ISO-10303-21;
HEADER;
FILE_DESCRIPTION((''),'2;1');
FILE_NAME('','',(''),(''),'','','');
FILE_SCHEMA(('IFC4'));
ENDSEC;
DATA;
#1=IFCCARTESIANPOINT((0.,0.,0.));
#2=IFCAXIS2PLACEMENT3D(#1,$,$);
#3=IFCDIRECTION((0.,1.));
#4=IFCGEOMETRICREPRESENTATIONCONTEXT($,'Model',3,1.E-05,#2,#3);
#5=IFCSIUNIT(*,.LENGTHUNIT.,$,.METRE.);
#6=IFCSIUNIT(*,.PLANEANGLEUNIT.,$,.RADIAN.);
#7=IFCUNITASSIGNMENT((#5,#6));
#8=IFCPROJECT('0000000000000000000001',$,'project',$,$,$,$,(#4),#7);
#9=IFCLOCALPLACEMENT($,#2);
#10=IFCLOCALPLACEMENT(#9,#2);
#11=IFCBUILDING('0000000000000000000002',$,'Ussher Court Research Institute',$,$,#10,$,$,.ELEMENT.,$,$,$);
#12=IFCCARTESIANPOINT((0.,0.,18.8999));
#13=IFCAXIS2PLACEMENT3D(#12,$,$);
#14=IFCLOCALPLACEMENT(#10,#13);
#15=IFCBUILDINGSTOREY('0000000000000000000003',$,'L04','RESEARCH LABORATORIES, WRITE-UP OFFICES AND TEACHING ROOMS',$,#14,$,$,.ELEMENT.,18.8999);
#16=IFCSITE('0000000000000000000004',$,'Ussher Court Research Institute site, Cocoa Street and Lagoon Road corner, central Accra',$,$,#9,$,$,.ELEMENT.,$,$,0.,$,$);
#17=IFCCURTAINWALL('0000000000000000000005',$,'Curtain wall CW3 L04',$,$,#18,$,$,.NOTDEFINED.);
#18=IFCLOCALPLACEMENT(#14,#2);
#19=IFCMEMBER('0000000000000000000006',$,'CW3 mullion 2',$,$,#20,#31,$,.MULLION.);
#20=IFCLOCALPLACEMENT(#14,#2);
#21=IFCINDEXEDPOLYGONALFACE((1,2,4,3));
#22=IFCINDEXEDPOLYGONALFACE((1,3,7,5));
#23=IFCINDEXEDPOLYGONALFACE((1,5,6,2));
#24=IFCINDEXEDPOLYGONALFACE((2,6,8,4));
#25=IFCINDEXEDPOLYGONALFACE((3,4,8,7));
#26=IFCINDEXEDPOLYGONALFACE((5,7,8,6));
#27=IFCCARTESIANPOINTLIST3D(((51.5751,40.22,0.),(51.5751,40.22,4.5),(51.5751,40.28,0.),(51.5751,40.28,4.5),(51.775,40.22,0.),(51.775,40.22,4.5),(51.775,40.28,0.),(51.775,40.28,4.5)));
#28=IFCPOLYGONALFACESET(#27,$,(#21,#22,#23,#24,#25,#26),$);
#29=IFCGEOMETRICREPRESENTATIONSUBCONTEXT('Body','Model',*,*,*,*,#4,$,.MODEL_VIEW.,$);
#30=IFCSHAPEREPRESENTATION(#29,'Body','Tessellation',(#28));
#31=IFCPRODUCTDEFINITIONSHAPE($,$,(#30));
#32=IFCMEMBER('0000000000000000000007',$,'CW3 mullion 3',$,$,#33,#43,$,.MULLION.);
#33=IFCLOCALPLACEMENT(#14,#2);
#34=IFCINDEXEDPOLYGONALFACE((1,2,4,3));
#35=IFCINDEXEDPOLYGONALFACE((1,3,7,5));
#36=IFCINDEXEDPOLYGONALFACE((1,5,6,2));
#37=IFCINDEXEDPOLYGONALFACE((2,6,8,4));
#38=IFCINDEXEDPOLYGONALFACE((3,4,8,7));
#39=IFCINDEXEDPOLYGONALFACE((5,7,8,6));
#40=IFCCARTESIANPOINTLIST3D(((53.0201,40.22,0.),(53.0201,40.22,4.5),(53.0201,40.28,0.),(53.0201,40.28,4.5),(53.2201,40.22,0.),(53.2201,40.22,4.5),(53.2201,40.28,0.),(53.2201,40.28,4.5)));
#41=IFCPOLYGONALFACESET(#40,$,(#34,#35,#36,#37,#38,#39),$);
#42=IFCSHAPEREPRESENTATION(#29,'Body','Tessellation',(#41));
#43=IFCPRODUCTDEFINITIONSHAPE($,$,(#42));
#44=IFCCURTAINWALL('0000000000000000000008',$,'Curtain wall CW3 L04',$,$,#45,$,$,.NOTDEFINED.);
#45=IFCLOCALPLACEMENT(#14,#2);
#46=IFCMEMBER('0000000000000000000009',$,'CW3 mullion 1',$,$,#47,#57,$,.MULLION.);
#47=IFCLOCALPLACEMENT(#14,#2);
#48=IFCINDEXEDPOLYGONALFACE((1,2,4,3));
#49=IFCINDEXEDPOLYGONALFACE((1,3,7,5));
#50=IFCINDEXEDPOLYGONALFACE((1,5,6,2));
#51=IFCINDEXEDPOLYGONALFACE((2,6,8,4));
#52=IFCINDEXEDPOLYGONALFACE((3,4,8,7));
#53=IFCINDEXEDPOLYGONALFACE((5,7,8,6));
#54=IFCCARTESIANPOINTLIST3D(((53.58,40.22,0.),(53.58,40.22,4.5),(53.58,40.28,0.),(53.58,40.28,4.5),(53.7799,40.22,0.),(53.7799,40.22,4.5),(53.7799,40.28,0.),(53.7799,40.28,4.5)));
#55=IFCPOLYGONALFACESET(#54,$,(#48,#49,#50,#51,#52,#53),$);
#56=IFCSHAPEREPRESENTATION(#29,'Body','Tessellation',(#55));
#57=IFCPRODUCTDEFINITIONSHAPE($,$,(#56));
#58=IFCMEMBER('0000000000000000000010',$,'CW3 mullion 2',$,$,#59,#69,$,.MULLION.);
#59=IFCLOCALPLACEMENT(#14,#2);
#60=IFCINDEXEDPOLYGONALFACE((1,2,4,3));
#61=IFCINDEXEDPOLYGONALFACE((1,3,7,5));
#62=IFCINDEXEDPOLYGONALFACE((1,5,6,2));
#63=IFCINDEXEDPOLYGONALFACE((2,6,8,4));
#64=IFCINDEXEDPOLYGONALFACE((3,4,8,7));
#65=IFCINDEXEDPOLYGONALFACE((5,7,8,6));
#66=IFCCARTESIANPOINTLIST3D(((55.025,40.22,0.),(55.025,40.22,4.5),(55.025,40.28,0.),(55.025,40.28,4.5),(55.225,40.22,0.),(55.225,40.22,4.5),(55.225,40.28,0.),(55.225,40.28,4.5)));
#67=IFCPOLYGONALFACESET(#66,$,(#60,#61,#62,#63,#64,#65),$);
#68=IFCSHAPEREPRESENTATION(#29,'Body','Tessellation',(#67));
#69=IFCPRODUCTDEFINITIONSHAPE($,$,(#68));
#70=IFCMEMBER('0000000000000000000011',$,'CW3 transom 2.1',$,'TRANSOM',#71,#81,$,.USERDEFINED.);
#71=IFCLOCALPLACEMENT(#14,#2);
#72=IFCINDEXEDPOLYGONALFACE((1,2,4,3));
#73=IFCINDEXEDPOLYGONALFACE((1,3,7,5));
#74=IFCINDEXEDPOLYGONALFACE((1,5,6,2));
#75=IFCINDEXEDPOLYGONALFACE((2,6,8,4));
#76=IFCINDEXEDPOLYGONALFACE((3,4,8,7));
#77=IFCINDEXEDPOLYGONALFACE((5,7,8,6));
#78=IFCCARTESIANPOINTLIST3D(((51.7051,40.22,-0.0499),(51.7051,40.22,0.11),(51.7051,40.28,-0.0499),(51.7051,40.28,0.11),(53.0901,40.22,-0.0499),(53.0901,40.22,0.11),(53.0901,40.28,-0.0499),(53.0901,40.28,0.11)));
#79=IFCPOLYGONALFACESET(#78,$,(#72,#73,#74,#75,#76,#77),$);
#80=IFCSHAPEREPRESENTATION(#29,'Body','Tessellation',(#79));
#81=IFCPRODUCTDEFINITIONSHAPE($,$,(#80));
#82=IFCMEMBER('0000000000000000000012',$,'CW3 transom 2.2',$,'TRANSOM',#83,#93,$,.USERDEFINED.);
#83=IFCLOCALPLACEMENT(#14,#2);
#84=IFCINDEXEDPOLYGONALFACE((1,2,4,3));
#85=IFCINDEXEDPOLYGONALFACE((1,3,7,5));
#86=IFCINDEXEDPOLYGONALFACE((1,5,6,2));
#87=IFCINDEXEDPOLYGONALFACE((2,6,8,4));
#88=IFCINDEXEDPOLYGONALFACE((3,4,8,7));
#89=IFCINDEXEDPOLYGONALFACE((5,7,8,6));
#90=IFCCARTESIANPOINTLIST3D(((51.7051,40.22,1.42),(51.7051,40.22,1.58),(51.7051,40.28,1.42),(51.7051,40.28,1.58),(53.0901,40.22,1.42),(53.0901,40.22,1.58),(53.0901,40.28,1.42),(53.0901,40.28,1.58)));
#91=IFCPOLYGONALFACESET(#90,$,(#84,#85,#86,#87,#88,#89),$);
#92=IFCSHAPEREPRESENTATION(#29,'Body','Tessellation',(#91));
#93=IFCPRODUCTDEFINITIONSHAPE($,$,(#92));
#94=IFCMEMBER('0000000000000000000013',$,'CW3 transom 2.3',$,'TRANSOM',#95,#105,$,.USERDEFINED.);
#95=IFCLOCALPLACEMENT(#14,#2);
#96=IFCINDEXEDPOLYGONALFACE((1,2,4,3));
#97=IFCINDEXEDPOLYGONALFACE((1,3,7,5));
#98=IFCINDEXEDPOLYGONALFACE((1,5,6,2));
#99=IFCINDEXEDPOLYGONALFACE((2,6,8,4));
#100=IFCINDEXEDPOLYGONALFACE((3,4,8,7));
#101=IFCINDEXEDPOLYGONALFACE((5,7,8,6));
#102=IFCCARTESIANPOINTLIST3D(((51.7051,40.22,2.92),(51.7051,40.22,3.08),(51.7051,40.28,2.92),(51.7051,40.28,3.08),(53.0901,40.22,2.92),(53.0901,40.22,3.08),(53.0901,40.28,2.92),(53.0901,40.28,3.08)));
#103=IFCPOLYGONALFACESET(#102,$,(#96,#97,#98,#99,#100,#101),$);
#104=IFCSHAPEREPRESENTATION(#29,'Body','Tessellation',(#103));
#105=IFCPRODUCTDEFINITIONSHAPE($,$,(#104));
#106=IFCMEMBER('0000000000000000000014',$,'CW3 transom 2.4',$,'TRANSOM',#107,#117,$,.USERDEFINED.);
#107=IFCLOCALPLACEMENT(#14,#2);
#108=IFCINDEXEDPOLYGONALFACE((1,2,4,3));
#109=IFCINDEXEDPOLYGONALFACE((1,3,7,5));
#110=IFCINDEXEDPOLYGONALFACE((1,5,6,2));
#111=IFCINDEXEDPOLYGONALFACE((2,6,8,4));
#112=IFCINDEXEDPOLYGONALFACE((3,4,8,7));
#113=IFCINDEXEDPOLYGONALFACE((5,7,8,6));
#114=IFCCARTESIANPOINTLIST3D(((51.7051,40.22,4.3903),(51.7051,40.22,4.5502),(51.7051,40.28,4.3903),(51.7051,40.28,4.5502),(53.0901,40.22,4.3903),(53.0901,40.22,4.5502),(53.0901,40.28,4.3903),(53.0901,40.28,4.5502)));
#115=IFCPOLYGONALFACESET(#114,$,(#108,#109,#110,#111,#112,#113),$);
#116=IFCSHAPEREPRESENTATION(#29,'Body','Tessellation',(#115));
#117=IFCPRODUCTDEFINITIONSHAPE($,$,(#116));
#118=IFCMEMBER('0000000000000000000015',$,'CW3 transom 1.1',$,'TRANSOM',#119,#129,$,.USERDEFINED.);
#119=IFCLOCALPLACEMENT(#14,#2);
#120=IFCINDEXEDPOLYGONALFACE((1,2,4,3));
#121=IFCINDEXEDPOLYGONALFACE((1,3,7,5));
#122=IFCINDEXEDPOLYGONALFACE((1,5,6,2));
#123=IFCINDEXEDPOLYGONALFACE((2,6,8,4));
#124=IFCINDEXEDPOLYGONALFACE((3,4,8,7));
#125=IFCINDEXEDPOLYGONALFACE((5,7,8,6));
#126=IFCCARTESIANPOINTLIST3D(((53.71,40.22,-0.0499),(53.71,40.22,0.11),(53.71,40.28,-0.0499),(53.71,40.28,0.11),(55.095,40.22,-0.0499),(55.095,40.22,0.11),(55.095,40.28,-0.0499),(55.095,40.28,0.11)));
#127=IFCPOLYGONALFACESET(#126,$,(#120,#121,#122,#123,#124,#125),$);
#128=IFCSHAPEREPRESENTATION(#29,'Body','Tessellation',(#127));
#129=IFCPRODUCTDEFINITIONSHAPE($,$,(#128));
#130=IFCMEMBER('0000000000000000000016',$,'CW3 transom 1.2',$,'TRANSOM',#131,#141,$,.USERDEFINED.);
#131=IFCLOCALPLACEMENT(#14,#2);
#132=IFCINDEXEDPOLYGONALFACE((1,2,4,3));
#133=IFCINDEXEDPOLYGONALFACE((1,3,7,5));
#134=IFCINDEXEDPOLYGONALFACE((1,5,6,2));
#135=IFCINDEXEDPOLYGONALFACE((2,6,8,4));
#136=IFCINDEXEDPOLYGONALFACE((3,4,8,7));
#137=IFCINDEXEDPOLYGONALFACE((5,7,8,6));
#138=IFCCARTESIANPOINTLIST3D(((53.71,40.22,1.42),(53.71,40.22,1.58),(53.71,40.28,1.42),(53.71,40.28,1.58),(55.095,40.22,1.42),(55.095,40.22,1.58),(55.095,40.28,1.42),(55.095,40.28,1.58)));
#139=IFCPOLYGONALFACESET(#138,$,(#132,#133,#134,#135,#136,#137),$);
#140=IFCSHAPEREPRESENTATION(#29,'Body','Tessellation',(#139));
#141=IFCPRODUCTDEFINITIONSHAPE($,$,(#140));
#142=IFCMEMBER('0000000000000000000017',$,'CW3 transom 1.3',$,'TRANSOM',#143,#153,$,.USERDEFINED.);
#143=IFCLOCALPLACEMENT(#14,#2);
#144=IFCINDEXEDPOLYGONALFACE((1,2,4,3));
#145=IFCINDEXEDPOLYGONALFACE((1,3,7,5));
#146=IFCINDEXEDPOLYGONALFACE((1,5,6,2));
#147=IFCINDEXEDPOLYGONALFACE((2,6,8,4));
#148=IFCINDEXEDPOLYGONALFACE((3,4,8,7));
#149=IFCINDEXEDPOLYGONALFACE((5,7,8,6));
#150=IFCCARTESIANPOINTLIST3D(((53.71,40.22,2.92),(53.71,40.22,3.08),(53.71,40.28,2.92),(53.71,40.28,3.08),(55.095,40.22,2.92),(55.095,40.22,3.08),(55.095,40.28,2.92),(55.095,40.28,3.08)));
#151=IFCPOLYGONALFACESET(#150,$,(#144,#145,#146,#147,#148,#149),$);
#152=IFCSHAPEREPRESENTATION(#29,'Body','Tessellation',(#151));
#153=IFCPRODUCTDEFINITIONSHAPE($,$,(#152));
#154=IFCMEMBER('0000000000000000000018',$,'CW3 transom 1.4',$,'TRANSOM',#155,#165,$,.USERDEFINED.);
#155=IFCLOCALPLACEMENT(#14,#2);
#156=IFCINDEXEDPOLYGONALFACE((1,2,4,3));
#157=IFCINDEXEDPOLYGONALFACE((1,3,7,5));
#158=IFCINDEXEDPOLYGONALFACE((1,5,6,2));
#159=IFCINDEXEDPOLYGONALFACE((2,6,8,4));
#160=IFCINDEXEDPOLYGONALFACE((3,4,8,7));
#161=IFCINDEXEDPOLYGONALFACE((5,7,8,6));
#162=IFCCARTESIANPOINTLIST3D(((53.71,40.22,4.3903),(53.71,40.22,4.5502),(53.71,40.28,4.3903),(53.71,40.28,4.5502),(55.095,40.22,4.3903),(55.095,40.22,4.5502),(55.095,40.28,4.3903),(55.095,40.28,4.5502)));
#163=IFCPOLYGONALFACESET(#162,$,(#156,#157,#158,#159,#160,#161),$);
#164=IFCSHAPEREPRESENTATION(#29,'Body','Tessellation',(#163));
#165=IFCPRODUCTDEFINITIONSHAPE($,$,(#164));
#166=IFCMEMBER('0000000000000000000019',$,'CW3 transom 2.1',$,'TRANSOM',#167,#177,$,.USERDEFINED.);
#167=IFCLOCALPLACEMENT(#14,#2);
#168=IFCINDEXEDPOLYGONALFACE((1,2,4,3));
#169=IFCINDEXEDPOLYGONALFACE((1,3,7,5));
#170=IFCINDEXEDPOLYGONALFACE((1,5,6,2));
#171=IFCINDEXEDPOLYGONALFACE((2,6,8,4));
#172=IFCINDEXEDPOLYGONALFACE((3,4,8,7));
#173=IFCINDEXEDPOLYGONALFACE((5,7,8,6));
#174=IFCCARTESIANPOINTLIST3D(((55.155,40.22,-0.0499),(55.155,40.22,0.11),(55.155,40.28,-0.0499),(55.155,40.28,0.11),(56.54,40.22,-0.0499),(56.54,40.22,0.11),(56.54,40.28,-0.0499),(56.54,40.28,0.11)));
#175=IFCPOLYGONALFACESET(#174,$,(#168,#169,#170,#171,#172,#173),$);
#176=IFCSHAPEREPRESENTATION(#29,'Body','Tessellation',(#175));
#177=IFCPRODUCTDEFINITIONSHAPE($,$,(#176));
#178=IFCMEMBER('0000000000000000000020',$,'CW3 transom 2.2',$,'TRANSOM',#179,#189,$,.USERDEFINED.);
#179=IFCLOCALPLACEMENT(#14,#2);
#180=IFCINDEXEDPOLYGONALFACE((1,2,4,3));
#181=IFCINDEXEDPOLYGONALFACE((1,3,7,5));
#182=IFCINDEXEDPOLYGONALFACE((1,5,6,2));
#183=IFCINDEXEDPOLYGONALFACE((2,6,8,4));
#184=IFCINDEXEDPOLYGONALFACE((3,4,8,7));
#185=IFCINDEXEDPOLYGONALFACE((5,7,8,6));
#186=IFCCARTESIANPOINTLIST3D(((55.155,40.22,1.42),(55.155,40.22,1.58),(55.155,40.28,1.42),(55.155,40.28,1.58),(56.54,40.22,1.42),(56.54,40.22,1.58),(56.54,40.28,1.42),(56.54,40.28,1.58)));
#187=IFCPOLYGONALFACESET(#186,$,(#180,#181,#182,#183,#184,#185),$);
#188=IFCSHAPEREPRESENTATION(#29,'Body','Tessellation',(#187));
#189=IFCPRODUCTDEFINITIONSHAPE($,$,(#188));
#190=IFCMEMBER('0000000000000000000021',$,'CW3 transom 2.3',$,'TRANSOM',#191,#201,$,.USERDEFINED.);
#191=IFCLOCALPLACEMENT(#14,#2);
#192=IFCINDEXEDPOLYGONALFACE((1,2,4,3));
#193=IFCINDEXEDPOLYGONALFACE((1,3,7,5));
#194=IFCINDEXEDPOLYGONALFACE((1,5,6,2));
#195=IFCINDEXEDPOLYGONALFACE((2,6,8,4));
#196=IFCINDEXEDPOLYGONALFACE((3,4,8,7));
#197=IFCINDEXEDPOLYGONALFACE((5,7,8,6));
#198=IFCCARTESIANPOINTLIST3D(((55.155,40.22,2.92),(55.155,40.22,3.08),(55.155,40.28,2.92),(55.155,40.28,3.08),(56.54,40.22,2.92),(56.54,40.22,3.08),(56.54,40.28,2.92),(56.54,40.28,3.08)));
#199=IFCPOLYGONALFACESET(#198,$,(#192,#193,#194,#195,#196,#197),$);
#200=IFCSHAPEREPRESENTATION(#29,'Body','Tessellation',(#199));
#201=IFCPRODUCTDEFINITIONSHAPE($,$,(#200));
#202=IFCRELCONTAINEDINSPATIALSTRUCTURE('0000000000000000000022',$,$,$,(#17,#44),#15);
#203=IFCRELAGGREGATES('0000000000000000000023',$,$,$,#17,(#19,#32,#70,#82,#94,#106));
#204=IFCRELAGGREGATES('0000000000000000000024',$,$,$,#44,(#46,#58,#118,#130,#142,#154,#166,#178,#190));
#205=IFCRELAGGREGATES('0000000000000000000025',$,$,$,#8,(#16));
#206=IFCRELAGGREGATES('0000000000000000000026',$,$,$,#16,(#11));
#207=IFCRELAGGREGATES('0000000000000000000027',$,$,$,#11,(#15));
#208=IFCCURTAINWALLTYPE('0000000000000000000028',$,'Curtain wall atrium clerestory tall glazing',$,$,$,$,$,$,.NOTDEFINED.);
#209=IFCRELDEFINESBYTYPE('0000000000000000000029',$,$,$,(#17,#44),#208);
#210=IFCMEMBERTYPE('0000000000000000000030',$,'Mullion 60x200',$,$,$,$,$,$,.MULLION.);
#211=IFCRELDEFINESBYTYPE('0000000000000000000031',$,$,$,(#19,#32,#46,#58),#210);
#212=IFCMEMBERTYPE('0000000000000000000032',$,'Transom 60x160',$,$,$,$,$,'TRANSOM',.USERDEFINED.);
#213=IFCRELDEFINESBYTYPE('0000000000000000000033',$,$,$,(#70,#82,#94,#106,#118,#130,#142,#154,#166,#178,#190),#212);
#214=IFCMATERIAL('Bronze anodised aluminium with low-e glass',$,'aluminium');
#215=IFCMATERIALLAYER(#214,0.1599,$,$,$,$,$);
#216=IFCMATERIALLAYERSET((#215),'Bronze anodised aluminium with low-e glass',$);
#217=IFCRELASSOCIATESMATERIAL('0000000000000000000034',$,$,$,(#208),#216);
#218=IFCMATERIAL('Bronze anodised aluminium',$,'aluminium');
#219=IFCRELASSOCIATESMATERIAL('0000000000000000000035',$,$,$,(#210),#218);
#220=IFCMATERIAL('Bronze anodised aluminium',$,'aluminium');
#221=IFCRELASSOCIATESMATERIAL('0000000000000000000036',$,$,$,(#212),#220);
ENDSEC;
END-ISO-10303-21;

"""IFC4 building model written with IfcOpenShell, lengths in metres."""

from ifc_helpers import new_model, si_unit, direction, frame, origin, origin_2d, place, context, subcontext, project, spatial, rectangle, extrude, material, layer, layer_set, material_profile, profile_set, type_object, element, aggregate, save


model = new_model("IFC4")

# Units and contexts
model_context = context("Model", 3, precision=1e-05, world=origin(), true_north=direction((0.0, 1.0)))
body_context = subcontext(model_context, "Body", "Model", "MODEL_VIEW")
ifc_project = project(units=[si_unit("LENGTHUNIT", "METRE"), si_unit("PLANEANGLEUNIT", "RADIAN")], contexts=[model_context])

# Site, building, storey
site_placement = place(None, origin())
site = spatial("IfcSite", under=ifc_project, at=site_placement, Name="Ussher Court Research Institute site, Cocoa Street and Lagoon Road corner, central Accra", CompositionType="ELEMENT", RefElevation=0.0)
building_placement = place(site_placement, origin())
building = spatial("IfcBuilding", under=site, at=building_placement, Name="Ussher Court Research Institute", CompositionType="ELEMENT")
storey_placement = place(building_placement, frame((0.0, 0.0, 18.8999)))
storey = spatial("IfcBuildingStorey", under=building, at=storey_placement, Name="L04", Description="RESEARCH LABORATORIES, WRITE-UP OFFICES AND TEACHING ROOMS", CompositionType="ELEMENT", Elevation=18.8999)

# Curtain walls, members
ifc_material_1 = material(Name="Bronze anodised aluminium with low-e glass", Category="aluminium")
ifc_layer_1 = layer(ifc_material_1, 0.1599)
ifc_layer_set_1 = layer_set([ifc_layer_1], Name="Bronze anodised aluminium with low-e glass")
curtain_wall_type = type_object("IfcCurtainWallType", Name="Curtain wall atrium clerestory tall glazing", PredefinedType="NOTDEFINED", material=ifc_layer_set_1)
curtain_wall_1_placement = place(storey_placement, origin())
curtain_wall_1 = element("IfcCurtainWall", 1, at=curtain_wall_1_placement, inside=storey, type_object=curtain_wall_type, Name="Curtain wall CW3 L04", PredefinedType="NOTDEFINED")
ifc_material_2 = material(Name="Bronze anodised aluminium", Category="aluminium")
ifc_material_profile_1 = material_profile(ifc_material_2, rectangle(XDim=0.0601, YDim=0.2, at=origin_2d()), Name="Mullion 60x200")
ifc_profile_set_1 = profile_set([ifc_material_profile_1], Name="Bronze anodised aluminium")
member_type_1 = type_object("IfcMemberType", Name="Mullion 60x200", PredefinedType="MULLION", material=ifc_profile_set_1)
member_1_placement = place(storey_placement, frame((51.675, 40.25, 0.0), z_axis=(0.0, 0.0, 1.0), x_axis=(0.0, 1.0, 0.0)))
member_1 = element("IfcMember", 2, at=member_1_placement, type_object=member_type_1, Name="CW3 mullion 2", PredefinedType="MULLION", context=body_context, shape_type="SweptSolid", body=[
    extrude(rectangle(XDim=0.0601, YDim=0.2, at=origin_2d()), origin(), (0.0, 0.0, 1.0), 4.5),
])
member_2_placement = place(storey_placement, frame((53.1201, 40.25, 0.0), z_axis=(0.0, 0.0, 1.0), x_axis=(0.0, 1.0, 0.0)))
member_2 = element("IfcMember", 3, at=member_2_placement, type_object=member_type_1, Name="CW3 mullion 3", PredefinedType="MULLION", context=body_context, shape_type="SweptSolid", body=[
    extrude(rectangle(XDim=0.0601, YDim=0.2, at=origin_2d()), origin(), (0.0, 0.0, 1.0), 4.5),
])
curtain_wall_2_placement = place(storey_placement, origin())
curtain_wall_2 = element("IfcCurtainWall", 4, at=curtain_wall_2_placement, inside=storey, type_object=curtain_wall_type, Name="Curtain wall CW3 L04", PredefinedType="NOTDEFINED")
member_3_placement = place(storey_placement, frame((53.6799, 40.25, 0.0), z_axis=(0.0, 0.0, 1.0), x_axis=(0.0, 1.0, 0.0)))
member_3 = element("IfcMember", 5, at=member_3_placement, type_object=member_type_1, Name="CW3 mullion 1", PredefinedType="MULLION", context=body_context, shape_type="SweptSolid", body=[
    extrude(rectangle(XDim=0.0601, YDim=0.2, at=origin_2d()), origin(), (0.0, 0.0, 1.0), 4.5),
])
member_4_placement = place(storey_placement, frame((55.125, 40.25, 0.0), z_axis=(0.0, 0.0, 1.0), x_axis=(0.0, 1.0, 0.0)))
member_4 = element("IfcMember", 6, at=member_4_placement, type_object=member_type_1, Name="CW3 mullion 2", PredefinedType="MULLION", context=body_context, shape_type="SweptSolid", body=[
    extrude(rectangle(XDim=0.0601, YDim=0.2, at=origin_2d()), origin(), (0.0, 0.0, 1.0), 4.5),
])

# Members
ifc_material_3 = material(Name="Bronze anodised aluminium", Category="aluminium")
ifc_material_profile_2 = material_profile(ifc_material_3, rectangle(XDim=0.0601, YDim=0.1599, at=origin_2d()), Name="Transom 60x160")
ifc_profile_set_2 = profile_set([ifc_material_profile_2], Name="Bronze anodised aluminium")
member_type_2 = type_object("IfcMemberType", Name="Transom 60x160", ElementType="TRANSOM", PredefinedType="USERDEFINED", material=ifc_profile_set_2)
member_5_placement = place(storey_placement, frame((51.7051, 40.25, 0.03), z_axis=(1.0, 0.0, 0.0), x_axis=(0.0, 1.0, 0.0)))
member_5 = element("IfcMember", 7, at=member_5_placement, type_object=member_type_2, Name="CW3 transom 2.1", ObjectType="TRANSOM", PredefinedType="USERDEFINED", context=body_context, shape_type="SweptSolid", body=[
    extrude(rectangle(XDim=0.0601, YDim=0.1599, at=origin_2d()), origin(), (0.0, 0.0, 1.0), 1.385),
])
member_6_placement = place(storey_placement, frame((51.7051, 40.25, 1.5), z_axis=(1.0, 0.0, 0.0), x_axis=(0.0, 1.0, 0.0)))
member_6 = element("IfcMember", 8, at=member_6_placement, type_object=member_type_2, Name="CW3 transom 2.2", ObjectType="TRANSOM", PredefinedType="USERDEFINED", context=body_context, shape_type="SweptSolid", body=[
    extrude(rectangle(XDim=0.0601, YDim=0.1599, at=origin_2d()), origin(), (0.0, 0.0, 1.0), 1.385),
])
member_7_placement = place(storey_placement, frame((51.7051, 40.25, 3.0), z_axis=(1.0, 0.0, 0.0), x_axis=(0.0, 1.0, 0.0)))
member_7 = element("IfcMember", 9, at=member_7_placement, type_object=member_type_2, Name="CW3 transom 2.3", ObjectType="TRANSOM", PredefinedType="USERDEFINED", context=body_context, shape_type="SweptSolid", body=[
    extrude(rectangle(XDim=0.0601, YDim=0.1599, at=origin_2d()), origin(), (0.0, 0.0, 1.0), 1.385),
])
member_8_placement = place(storey_placement, frame((51.7051, 40.25, 4.4702), z_axis=(1.0, 0.0, 0.0), x_axis=(0.0, 1.0, 0.0)))
member_8 = element("IfcMember", 10, at=member_8_placement, type_object=member_type_2, Name="CW3 transom 2.4", ObjectType="TRANSOM", PredefinedType="USERDEFINED", context=body_context, shape_type="SweptSolid", body=[
    extrude(rectangle(XDim=0.0601, YDim=0.1599, at=origin_2d()), origin(), (0.0, 0.0, 1.0), 1.385),
])
member_9_placement = place(storey_placement, frame((53.71, 40.25, 0.03), z_axis=(1.0, 0.0, 0.0), x_axis=(0.0, 1.0, 0.0)))
member_9 = element("IfcMember", 11, at=member_9_placement, type_object=member_type_2, Name="CW3 transom 1.1", ObjectType="TRANSOM", PredefinedType="USERDEFINED", context=body_context, shape_type="SweptSolid", body=[
    extrude(rectangle(XDim=0.0601, YDim=0.1599, at=origin_2d()), origin(), (0.0, 0.0, 1.0), 1.385),
])
member_10_placement = place(storey_placement, frame((53.71, 40.25, 1.5), z_axis=(1.0, 0.0, 0.0), x_axis=(0.0, 1.0, 0.0)))
member_10 = element("IfcMember", 12, at=member_10_placement, type_object=member_type_2, Name="CW3 transom 1.2", ObjectType="TRANSOM", PredefinedType="USERDEFINED", context=body_context, shape_type="SweptSolid", body=[
    extrude(rectangle(XDim=0.0601, YDim=0.1599, at=origin_2d()), origin(), (0.0, 0.0, 1.0), 1.385),
])
member_11_placement = place(storey_placement, frame((53.71, 40.25, 3.0), z_axis=(1.0, 0.0, 0.0), x_axis=(0.0, 1.0, 0.0)))
member_11 = element("IfcMember", 13, at=member_11_placement, type_object=member_type_2, Name="CW3 transom 1.3", ObjectType="TRANSOM", PredefinedType="USERDEFINED", context=body_context, shape_type="SweptSolid", body=[
    extrude(rectangle(XDim=0.0601, YDim=0.1599, at=origin_2d()), origin(), (0.0, 0.0, 1.0), 1.385),
])
member_12_placement = place(storey_placement, frame((53.71, 40.25, 4.4702), z_axis=(1.0, 0.0, 0.0), x_axis=(0.0, 1.0, 0.0)))
member_12 = element("IfcMember", 14, at=member_12_placement, type_object=member_type_2, Name="CW3 transom 1.4", ObjectType="TRANSOM", PredefinedType="USERDEFINED", context=body_context, shape_type="SweptSolid", body=[
    extrude(rectangle(XDim=0.0601, YDim=0.1599, at=origin_2d()), origin(), (0.0, 0.0, 1.0), 1.385),
])
member_13_placement = place(storey_placement, frame((55.155, 40.25, 0.03), z_axis=(1.0, 0.0, 0.0), x_axis=(0.0, 1.0, 0.0)))
member_13 = element("IfcMember", 15, at=member_13_placement, type_object=member_type_2, Name="CW3 transom 2.1", ObjectType="TRANSOM", PredefinedType="USERDEFINED", context=body_context, shape_type="SweptSolid", body=[
    extrude(rectangle(XDim=0.0601, YDim=0.1599, at=origin_2d()), origin(), (0.0, 0.0, 1.0), 1.385),
])
member_14_placement = place(storey_placement, frame((55.155, 40.25, 1.5), z_axis=(1.0, 0.0, 0.0), x_axis=(0.0, 1.0, 0.0)))
member_14 = element("IfcMember", 16, at=member_14_placement, type_object=member_type_2, Name="CW3 transom 2.2", ObjectType="TRANSOM", PredefinedType="USERDEFINED", context=body_context, shape_type="SweptSolid", body=[
    extrude(rectangle(XDim=0.0601, YDim=0.1599, at=origin_2d()), origin(), (0.0, 0.0, 1.0), 1.385),
])
member_15_placement = place(storey_placement, frame((55.155, 40.25, 3.0), z_axis=(1.0, 0.0, 0.0), x_axis=(0.0, 1.0, 0.0)))
member_15 = element("IfcMember", 17, at=member_15_placement, type_object=member_type_2, Name="CW3 transom 2.3", ObjectType="TRANSOM", PredefinedType="USERDEFINED", context=body_context, shape_type="SweptSolid", body=[
    extrude(rectangle(XDim=0.0601, YDim=0.1599, at=origin_2d()), origin(), (0.0, 0.0, 1.0), 1.385),
])

aggregate(curtain_wall_1, [member_1, member_2, member_5, member_6, member_7, member_8])
aggregate(curtain_wall_2, [member_3, member_4, member_9, member_10, member_11, member_12, member_13, member_14, member_15])

save(model, "model.ifc")
